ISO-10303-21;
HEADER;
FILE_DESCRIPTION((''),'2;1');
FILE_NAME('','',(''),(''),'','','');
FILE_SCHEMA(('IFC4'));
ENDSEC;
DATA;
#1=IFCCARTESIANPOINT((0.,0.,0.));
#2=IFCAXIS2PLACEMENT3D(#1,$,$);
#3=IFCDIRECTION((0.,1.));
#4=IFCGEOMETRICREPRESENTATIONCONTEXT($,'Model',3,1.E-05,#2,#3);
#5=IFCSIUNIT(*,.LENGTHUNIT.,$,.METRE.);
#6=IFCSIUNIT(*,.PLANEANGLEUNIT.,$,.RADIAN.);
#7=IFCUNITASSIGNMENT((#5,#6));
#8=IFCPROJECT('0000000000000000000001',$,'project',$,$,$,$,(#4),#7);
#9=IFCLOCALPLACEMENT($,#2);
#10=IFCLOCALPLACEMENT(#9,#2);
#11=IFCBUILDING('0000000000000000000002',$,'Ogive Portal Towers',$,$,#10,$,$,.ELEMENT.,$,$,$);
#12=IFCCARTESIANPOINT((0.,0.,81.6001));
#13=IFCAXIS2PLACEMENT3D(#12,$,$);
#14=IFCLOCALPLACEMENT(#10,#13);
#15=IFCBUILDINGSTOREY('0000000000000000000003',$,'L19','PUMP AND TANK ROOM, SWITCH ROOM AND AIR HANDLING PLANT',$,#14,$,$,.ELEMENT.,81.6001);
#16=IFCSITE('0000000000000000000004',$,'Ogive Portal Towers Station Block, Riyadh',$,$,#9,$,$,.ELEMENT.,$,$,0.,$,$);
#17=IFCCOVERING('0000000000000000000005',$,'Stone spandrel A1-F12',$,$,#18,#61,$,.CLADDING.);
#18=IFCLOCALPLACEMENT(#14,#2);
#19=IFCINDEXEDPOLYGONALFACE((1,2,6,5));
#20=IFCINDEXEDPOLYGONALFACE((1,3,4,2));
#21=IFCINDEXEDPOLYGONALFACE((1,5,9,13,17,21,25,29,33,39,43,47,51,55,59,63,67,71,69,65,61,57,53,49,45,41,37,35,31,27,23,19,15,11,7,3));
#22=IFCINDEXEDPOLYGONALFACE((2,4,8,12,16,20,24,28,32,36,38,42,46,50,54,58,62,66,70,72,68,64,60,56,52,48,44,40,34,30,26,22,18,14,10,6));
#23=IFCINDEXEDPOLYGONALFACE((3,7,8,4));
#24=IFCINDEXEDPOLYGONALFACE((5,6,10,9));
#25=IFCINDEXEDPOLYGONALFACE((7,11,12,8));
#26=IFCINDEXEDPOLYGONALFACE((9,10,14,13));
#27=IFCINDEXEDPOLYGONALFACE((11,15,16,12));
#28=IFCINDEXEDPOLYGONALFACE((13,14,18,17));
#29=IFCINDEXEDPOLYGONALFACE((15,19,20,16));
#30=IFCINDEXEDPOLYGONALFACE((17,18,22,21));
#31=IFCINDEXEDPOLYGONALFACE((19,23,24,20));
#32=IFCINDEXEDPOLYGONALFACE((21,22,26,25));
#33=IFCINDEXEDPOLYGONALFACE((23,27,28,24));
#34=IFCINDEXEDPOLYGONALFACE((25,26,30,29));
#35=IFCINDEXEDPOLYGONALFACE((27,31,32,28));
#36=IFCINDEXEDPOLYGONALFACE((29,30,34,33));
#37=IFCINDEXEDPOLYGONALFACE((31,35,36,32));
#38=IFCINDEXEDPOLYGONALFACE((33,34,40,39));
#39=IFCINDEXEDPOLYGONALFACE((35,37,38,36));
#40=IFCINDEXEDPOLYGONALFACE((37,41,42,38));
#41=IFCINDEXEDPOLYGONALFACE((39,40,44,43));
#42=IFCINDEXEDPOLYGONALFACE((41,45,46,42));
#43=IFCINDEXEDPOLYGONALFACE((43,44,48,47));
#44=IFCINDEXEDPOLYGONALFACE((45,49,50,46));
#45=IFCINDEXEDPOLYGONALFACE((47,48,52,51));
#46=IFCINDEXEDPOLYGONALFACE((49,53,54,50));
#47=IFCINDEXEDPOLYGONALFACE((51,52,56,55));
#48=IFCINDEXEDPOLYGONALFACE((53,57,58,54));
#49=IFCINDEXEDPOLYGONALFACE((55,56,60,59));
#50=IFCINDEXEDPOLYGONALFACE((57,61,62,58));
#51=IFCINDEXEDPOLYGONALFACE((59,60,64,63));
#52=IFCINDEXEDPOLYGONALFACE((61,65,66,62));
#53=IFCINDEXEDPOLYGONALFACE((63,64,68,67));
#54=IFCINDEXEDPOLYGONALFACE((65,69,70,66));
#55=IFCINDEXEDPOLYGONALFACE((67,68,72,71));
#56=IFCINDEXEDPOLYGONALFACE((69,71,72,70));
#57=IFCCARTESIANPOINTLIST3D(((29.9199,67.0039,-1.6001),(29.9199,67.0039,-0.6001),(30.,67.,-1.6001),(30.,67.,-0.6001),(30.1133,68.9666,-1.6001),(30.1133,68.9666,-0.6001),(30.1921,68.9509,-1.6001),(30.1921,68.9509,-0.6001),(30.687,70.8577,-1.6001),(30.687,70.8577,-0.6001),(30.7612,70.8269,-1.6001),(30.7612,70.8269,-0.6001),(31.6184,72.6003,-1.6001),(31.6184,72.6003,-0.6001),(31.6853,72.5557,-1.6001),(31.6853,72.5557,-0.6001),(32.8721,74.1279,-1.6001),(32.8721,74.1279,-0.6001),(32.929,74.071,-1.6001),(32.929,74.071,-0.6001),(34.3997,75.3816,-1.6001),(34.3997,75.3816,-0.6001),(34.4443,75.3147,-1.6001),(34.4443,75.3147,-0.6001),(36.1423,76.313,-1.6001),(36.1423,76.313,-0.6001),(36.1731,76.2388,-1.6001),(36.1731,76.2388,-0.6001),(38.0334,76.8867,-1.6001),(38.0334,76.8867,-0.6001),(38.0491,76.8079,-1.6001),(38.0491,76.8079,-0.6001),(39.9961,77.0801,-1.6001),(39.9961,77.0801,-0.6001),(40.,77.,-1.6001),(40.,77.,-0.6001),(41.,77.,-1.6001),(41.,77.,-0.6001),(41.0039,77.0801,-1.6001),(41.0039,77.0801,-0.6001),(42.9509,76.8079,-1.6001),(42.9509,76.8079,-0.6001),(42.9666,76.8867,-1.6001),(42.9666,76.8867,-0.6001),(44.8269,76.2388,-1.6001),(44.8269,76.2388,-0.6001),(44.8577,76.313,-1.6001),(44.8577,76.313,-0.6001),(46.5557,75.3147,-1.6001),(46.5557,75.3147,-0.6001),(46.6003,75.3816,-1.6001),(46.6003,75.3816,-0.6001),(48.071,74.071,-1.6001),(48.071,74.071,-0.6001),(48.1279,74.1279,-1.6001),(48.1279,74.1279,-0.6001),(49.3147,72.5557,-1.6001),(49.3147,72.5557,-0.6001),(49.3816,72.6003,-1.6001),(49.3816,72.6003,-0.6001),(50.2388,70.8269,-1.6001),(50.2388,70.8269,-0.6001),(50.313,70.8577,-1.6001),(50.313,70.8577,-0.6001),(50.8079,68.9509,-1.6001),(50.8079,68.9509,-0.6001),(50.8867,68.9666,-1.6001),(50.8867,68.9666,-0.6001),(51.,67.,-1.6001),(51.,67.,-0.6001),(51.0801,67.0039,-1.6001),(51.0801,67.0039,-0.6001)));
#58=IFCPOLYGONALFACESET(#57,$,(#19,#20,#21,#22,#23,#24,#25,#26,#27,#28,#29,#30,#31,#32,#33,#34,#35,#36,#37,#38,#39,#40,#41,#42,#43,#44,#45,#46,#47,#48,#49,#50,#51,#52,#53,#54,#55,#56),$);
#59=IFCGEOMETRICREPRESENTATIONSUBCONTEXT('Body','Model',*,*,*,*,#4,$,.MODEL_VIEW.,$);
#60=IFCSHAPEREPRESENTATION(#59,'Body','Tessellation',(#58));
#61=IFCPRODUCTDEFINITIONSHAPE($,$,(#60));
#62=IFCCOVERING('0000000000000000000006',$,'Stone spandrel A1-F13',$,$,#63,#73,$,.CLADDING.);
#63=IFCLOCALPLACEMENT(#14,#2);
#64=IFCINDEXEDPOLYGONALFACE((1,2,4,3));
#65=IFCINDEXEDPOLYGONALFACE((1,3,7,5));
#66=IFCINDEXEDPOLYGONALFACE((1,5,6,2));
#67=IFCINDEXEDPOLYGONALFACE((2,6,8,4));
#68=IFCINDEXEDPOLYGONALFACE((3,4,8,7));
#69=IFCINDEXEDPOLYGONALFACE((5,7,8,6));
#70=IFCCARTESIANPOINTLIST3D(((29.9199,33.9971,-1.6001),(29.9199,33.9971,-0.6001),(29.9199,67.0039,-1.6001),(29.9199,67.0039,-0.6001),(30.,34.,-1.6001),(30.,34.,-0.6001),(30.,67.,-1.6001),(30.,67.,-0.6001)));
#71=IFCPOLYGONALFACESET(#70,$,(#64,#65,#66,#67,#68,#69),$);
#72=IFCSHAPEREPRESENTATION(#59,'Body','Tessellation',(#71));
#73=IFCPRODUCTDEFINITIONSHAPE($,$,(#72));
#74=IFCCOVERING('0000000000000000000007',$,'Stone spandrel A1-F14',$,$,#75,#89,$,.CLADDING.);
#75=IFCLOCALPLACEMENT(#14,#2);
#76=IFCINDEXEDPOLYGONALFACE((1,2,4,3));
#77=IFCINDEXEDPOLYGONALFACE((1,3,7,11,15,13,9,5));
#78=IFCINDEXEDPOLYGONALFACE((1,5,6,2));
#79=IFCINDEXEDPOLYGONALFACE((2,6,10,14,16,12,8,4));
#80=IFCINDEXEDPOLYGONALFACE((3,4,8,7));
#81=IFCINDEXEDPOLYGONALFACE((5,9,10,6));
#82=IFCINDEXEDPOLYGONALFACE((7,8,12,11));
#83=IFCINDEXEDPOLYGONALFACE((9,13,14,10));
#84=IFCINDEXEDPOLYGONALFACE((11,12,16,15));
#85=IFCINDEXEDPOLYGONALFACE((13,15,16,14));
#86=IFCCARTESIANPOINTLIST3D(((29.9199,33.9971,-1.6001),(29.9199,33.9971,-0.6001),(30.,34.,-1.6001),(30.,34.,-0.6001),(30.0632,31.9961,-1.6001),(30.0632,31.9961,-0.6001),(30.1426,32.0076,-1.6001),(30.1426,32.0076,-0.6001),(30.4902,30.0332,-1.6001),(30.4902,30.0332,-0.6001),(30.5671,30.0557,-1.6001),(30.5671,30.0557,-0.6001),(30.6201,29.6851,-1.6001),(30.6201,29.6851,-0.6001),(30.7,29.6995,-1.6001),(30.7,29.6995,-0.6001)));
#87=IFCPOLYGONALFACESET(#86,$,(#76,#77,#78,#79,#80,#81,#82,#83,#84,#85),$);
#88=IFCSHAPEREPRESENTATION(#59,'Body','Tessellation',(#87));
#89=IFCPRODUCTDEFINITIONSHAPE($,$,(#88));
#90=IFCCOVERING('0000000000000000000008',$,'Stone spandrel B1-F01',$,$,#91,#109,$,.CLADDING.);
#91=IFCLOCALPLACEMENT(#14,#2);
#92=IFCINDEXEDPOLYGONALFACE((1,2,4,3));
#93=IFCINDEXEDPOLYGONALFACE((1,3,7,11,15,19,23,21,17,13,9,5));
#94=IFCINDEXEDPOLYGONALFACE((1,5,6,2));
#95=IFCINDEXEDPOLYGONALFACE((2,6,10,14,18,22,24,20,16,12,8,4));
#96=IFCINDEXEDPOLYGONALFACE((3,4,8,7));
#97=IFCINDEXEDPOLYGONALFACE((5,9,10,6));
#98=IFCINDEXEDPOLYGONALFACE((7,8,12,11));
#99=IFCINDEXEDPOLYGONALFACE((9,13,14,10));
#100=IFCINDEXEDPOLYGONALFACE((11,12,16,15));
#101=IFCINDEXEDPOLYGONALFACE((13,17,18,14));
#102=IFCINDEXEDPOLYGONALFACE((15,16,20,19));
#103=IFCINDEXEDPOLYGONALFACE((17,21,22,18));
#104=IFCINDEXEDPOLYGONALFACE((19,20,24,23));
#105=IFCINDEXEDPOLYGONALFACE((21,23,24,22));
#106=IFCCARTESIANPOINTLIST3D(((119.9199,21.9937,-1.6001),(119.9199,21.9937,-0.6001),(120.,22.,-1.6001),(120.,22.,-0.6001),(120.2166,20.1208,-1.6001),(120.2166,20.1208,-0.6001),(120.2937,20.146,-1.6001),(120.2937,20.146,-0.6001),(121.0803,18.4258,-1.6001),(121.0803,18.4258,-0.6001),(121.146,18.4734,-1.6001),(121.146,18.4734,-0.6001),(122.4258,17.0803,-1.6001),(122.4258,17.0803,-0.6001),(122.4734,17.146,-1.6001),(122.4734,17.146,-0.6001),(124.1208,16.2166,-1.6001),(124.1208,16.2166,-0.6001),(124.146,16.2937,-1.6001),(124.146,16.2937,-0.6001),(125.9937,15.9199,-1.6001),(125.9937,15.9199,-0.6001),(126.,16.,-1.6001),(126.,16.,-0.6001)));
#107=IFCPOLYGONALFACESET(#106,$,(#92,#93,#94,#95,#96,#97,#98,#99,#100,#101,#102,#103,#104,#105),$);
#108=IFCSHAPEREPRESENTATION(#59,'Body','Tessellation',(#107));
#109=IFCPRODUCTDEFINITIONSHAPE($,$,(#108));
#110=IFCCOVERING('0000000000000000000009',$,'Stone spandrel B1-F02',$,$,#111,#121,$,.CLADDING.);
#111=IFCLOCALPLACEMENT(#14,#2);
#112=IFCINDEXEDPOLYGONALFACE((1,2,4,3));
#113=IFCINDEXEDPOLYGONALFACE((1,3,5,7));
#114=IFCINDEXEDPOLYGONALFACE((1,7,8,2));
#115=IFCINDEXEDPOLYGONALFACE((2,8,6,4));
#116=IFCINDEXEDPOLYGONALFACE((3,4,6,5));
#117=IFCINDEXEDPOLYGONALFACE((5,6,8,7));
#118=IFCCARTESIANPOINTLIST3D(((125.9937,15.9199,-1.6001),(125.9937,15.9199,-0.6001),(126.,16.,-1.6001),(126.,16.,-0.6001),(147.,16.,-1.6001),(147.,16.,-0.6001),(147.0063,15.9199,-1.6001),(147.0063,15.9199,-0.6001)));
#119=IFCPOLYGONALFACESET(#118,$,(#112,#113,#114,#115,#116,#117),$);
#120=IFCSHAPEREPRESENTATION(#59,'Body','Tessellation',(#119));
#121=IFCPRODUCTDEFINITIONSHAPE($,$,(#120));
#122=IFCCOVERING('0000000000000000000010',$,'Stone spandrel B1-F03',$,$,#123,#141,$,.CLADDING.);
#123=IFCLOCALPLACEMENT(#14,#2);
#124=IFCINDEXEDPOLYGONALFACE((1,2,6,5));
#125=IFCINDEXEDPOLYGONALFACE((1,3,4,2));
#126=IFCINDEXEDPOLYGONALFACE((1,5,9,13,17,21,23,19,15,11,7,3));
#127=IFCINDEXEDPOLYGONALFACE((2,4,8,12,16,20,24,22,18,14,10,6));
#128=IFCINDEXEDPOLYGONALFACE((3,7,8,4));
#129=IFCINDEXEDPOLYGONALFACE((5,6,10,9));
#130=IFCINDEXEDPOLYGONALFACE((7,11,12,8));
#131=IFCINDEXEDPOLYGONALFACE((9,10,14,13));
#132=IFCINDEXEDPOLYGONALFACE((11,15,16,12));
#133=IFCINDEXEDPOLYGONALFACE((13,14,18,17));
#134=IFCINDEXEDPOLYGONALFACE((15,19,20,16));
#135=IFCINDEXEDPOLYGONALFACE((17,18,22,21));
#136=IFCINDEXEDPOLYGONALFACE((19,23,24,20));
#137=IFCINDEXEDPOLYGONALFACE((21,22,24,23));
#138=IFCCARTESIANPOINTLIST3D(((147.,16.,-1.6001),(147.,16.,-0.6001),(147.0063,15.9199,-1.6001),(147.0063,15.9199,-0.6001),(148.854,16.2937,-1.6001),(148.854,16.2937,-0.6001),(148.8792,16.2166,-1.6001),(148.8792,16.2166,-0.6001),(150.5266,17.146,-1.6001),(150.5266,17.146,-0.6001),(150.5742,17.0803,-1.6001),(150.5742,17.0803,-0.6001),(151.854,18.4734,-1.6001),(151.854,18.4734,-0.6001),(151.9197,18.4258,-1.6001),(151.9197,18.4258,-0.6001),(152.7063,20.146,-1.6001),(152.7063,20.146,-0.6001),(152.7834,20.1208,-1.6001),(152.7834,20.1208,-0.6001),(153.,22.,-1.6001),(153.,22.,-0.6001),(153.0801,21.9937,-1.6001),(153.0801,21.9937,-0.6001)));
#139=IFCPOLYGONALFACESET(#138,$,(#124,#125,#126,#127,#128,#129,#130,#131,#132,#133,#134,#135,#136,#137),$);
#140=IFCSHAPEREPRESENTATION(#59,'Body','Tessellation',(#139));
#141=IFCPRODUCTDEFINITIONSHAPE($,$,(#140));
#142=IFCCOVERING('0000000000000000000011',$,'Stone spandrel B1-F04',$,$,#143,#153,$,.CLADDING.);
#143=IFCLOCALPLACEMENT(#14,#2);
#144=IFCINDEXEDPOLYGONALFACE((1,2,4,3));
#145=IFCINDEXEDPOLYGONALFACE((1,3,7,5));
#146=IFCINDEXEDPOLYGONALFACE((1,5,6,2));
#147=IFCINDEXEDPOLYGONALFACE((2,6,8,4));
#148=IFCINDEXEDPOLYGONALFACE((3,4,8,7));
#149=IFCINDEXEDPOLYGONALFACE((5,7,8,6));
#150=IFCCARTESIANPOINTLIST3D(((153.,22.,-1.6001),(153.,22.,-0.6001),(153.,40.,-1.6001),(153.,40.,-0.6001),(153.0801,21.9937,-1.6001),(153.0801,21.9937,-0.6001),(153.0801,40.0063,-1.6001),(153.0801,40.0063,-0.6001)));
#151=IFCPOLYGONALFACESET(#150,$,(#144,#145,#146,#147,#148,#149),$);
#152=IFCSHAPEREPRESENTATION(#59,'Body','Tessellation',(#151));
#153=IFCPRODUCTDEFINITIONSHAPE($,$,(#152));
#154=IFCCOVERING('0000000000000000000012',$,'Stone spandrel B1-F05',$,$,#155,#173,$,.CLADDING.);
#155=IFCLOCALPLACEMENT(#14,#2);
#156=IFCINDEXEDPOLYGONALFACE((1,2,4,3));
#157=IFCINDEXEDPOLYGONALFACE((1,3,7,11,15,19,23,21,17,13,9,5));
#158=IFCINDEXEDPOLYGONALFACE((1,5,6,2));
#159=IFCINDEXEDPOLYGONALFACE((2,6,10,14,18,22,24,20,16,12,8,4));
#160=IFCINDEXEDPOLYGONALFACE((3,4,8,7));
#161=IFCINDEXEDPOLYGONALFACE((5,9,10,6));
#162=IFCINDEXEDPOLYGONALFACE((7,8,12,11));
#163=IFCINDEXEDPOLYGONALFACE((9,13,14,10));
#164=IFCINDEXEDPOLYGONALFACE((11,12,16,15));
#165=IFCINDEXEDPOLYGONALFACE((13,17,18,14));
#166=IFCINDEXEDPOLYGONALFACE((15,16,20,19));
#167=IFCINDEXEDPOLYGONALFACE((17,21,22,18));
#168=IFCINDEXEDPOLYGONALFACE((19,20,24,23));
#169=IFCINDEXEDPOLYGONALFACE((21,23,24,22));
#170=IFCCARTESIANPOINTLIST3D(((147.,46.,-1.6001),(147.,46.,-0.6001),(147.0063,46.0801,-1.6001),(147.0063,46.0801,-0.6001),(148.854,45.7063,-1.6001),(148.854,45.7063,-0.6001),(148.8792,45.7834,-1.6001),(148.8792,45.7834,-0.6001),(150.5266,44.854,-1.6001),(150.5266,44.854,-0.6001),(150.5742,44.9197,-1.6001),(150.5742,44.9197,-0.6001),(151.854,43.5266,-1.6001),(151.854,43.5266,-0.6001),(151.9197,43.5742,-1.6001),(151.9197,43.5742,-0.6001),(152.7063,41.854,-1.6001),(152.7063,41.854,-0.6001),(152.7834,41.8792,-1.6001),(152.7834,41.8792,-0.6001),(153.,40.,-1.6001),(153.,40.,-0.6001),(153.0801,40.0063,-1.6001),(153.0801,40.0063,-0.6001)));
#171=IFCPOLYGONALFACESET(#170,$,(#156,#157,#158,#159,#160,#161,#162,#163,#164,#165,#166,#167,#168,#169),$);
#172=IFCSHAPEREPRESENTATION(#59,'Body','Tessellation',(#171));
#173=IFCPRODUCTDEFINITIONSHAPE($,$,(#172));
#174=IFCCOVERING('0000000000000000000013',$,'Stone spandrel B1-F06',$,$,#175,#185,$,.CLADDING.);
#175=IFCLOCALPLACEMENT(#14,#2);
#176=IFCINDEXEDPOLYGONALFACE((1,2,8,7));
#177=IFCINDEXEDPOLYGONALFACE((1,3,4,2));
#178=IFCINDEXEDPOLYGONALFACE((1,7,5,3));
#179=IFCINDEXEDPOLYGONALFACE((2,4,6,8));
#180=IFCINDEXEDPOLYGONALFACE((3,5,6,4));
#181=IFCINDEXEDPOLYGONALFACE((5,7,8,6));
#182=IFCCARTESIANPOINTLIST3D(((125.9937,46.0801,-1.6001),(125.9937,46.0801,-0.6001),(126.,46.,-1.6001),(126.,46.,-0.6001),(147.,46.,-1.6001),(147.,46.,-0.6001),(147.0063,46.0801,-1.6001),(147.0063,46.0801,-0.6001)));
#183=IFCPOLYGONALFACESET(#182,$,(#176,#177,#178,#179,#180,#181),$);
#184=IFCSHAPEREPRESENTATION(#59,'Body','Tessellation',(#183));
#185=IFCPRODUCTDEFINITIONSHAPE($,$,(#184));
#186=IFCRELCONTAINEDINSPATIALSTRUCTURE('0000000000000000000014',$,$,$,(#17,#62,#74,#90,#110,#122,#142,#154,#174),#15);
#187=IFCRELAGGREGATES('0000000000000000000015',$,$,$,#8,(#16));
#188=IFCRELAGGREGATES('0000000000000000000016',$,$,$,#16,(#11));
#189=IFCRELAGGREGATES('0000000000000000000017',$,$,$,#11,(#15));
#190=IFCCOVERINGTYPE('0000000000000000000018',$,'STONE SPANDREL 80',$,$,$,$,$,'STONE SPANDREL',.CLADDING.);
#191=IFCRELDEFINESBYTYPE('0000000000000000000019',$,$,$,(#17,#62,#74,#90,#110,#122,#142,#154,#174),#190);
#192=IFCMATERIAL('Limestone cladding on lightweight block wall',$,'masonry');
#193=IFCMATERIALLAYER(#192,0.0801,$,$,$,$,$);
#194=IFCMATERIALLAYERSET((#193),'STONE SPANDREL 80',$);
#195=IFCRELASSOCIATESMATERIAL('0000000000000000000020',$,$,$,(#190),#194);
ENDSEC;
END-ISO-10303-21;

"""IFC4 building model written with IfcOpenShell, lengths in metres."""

from ifc_helpers import new_model, si_unit, direction, frame, origin, place, context, subcontext, project, spatial, polyline, outline, extrude, material, layer, layer_set, type_object, element, save


model = new_model("IFC4")

# Units and contexts
model_context = context("Model", 3, precision=1e-05, world=origin(), true_north=direction((0.0, 1.0)))
body_context = subcontext(model_context, "Body", "Model", "MODEL_VIEW")
ifc_project = project(units=[si_unit("LENGTHUNIT", "METRE"), si_unit("PLANEANGLEUNIT", "RADIAN")], contexts=[model_context])

# Site, building, storey
site_placement = place(None, origin())
site = spatial("IfcSite", under=ifc_project, at=site_placement, Name="Ogive Portal Towers Station Block, Riyadh", CompositionType="ELEMENT", RefElevation=0.0)
building_placement = place(site_placement, origin())
building = spatial("IfcBuilding", under=site, at=building_placement, Name="Ogive Portal Towers", CompositionType="ELEMENT")
storey_placement = place(building_placement, frame((0.0, 0.0, 81.6001)))
storey = spatial("IfcBuildingStorey", under=building, at=storey_placement, Name="L19", Description="PUMP AND TANK ROOM, SWITCH ROOM AND AIR HANDLING PLANT", CompositionType="ELEMENT", Elevation=81.6001)

# Coverings
ifc_material = material(Name="Limestone cladding on lightweight block wall", Category="masonry")
ifc_layer_1 = layer(ifc_material, 0.0801)
ifc_layer_set_1 = layer_set([ifc_layer_1], Name="STONE SPANDREL 80")
covering_type_1 = type_object("IfcCoveringType", Name="STONE SPANDREL 80", ElementType="STONE SPANDREL", PredefinedType="CLADDING", material=ifc_layer_set_1)
covering_1_placement = place(storey_placement, frame((0.0, 0.0, -1.6001)))
element("IfcCovering", 1, at=covering_1_placement, inside=storey, type_object=covering_type_1, Name="Stone spandrel A1-F12", PredefinedType="CLADDING", context=body_context, shape_type="SweptSolid", body=[
    extrude(outline(polyline([(51.0, 67.0), (50.8079, 68.9509), (50.2388, 70.8269), (49.3147, 72.5557), (48.071, 74.071), (46.5557, 75.3147), (44.8269, 76.2388), (42.9509, 76.8079), (41.0, 77.0), (40.0, 77.0), (38.0491, 76.8079), (36.1731, 76.2388), (34.4443, 75.3147), (32.929, 74.071), (31.6853, 72.5557), (30.7612, 70.8269), (30.1921, 68.9509), (30.0, 67.0), (29.9199, 67.0039), (30.1133, 68.9666), (30.687, 70.8577), (31.6184, 72.6003), (32.8721, 74.1279), (34.3997, 75.3816), (36.1423, 76.313), (38.0334, 76.8867), (39.9961, 77.0801), (41.0039, 77.0801), (42.9666, 76.8867), (44.8577, 76.313), (46.6003, 75.3816), (48.1279, 74.1279), (49.3816, 72.6003), (50.313, 70.8577), (50.8867, 68.9666), (51.0801, 67.0039), (51.0, 67.0)])), origin(), (0.0, 0.0, 1.0), 1.0),
])
covering_2_placement = place(storey_placement, frame((0.0, 0.0, -1.6001)))
element("IfcCovering", 2, at=covering_2_placement, inside=storey, type_object=covering_type_1, Name="Stone spandrel A1-F13", PredefinedType="CLADDING", context=body_context, shape_type="SweptSolid", body=[
    extrude(outline(polyline([(30.0, 67.0), (30.0, 34.0), (29.9199, 33.9971), (29.9199, 67.0039), (30.0, 67.0)])), origin(), (0.0, 0.0, 1.0), 1.0),
])
covering_3_placement = place(storey_placement, frame((0.0, 0.0, -1.6001)))
element("IfcCovering", 3, at=covering_3_placement, inside=storey, type_object=covering_type_1, Name="Stone spandrel A1-F14", PredefinedType="CLADDING", context=body_context, shape_type="SweptSolid", body=[
    extrude(outline(polyline([(30.0, 34.0), (30.1426, 32.0076), (30.5671, 30.0557), (30.7, 29.6995), (30.6201, 29.6851), (30.4902, 30.0332), (30.0632, 31.9961), (29.9199, 33.9971), (30.0, 34.0)])), origin(), (0.0, 0.0, 1.0), 1.0),
])
covering_4_placement = place(storey_placement, frame((0.0, 0.0, -1.6001)))
element("IfcCovering", 4, at=covering_4_placement, inside=storey, type_object=covering_type_1, Name="Stone spandrel B1-F01", PredefinedType="CLADDING", context=body_context, shape_type="SweptSolid", body=[
    extrude(outline(polyline([(120.0, 22.0), (120.2937, 20.146), (121.146, 18.4734), (122.4734, 17.146), (124.146, 16.2937), (126.0, 16.0), (125.9937, 15.9199), (124.1208, 16.2166), (122.4258, 17.0803), (121.0803, 18.4258), (120.2166, 20.1208), (119.9199, 21.9937), (120.0, 22.0)])), origin(), (0.0, 0.0, 1.0), 1.0),
])
covering_5_placement = place(storey_placement, frame((0.0, 0.0, -1.6001)))
element("IfcCovering", 5, at=covering_5_placement, inside=storey, type_object=covering_type_1, Name="Stone spandrel B1-F02", PredefinedType="CLADDING", context=body_context, shape_type="SweptSolid", body=[
    extrude(outline(polyline([(126.0, 16.0), (147.0, 16.0), (147.0063, 15.9199), (125.9937, 15.9199), (126.0, 16.0)])), origin(), (0.0, 0.0, 1.0), 1.0),
])
covering_6_placement = place(storey_placement, frame((0.0, 0.0, -1.6001)))
element("IfcCovering", 6, at=covering_6_placement, inside=storey, type_object=covering_type_1, Name="Stone spandrel B1-F03", PredefinedType="CLADDING", context=body_context, shape_type="SweptSolid", body=[
    extrude(outline(polyline([(147.0, 16.0), (148.854, 16.2937), (150.5266, 17.146), (151.854, 18.4734), (152.7063, 20.146), (153.0, 22.0), (153.0801, 21.9937), (152.7834, 20.1208), (151.9197, 18.4258), (150.5742, 17.0803), (148.8792, 16.2166), (147.0063, 15.9199), (147.0, 16.0)])), origin(), (0.0, 0.0, 1.0), 1.0),
])
covering_7_placement = place(storey_placement, frame((0.0, 0.0, -1.6001)))
element("IfcCovering", 7, at=covering_7_placement, inside=storey, type_object=covering_type_1, Name="Stone spandrel B1-F04", PredefinedType="CLADDING", context=body_context, shape_type="SweptSolid", body=[
    extrude(outline(polyline([(153.0, 22.0), (153.0, 40.0), (153.0801, 40.0063), (153.0801, 21.9937), (153.0, 22.0)])), origin(), (0.0, 0.0, 1.0), 1.0),
])
covering_8_placement = place(storey_placement, frame((0.0, 0.0, -1.6001)))
element("IfcCovering", 8, at=covering_8_placement, inside=storey, type_object=covering_type_1, Name="Stone spandrel B1-F05", PredefinedType="CLADDING", context=body_context, shape_type="SweptSolid", body=[
    extrude(outline(polyline([(153.0, 40.0), (152.7063, 41.854), (151.854, 43.5266), (150.5266, 44.854), (148.854, 45.7063), (147.0, 46.0), (147.0063, 46.0801), (148.8792, 45.7834), (150.5742, 44.9197), (151.9197, 43.5742), (152.7834, 41.8792), (153.0801, 40.0063), (153.0, 40.0)])), origin(), (0.0, 0.0, 1.0), 1.0),
])
covering_9_placement = place(storey_placement, frame((0.0, 0.0, -1.6001)))
element("IfcCovering", 9, at=covering_9_placement, inside=storey, type_object=covering_type_1, Name="Stone spandrel B1-F06", PredefinedType="CLADDING", context=body_context, shape_type="SweptSolid", body=[
    extrude(outline(polyline([(147.0, 46.0), (126.0, 46.0), (125.9937, 46.0801), (147.0063, 46.0801), (147.0, 46.0)])), origin(), (0.0, 0.0, 1.0), 1.0),
])

save(model, "model.ifc")
